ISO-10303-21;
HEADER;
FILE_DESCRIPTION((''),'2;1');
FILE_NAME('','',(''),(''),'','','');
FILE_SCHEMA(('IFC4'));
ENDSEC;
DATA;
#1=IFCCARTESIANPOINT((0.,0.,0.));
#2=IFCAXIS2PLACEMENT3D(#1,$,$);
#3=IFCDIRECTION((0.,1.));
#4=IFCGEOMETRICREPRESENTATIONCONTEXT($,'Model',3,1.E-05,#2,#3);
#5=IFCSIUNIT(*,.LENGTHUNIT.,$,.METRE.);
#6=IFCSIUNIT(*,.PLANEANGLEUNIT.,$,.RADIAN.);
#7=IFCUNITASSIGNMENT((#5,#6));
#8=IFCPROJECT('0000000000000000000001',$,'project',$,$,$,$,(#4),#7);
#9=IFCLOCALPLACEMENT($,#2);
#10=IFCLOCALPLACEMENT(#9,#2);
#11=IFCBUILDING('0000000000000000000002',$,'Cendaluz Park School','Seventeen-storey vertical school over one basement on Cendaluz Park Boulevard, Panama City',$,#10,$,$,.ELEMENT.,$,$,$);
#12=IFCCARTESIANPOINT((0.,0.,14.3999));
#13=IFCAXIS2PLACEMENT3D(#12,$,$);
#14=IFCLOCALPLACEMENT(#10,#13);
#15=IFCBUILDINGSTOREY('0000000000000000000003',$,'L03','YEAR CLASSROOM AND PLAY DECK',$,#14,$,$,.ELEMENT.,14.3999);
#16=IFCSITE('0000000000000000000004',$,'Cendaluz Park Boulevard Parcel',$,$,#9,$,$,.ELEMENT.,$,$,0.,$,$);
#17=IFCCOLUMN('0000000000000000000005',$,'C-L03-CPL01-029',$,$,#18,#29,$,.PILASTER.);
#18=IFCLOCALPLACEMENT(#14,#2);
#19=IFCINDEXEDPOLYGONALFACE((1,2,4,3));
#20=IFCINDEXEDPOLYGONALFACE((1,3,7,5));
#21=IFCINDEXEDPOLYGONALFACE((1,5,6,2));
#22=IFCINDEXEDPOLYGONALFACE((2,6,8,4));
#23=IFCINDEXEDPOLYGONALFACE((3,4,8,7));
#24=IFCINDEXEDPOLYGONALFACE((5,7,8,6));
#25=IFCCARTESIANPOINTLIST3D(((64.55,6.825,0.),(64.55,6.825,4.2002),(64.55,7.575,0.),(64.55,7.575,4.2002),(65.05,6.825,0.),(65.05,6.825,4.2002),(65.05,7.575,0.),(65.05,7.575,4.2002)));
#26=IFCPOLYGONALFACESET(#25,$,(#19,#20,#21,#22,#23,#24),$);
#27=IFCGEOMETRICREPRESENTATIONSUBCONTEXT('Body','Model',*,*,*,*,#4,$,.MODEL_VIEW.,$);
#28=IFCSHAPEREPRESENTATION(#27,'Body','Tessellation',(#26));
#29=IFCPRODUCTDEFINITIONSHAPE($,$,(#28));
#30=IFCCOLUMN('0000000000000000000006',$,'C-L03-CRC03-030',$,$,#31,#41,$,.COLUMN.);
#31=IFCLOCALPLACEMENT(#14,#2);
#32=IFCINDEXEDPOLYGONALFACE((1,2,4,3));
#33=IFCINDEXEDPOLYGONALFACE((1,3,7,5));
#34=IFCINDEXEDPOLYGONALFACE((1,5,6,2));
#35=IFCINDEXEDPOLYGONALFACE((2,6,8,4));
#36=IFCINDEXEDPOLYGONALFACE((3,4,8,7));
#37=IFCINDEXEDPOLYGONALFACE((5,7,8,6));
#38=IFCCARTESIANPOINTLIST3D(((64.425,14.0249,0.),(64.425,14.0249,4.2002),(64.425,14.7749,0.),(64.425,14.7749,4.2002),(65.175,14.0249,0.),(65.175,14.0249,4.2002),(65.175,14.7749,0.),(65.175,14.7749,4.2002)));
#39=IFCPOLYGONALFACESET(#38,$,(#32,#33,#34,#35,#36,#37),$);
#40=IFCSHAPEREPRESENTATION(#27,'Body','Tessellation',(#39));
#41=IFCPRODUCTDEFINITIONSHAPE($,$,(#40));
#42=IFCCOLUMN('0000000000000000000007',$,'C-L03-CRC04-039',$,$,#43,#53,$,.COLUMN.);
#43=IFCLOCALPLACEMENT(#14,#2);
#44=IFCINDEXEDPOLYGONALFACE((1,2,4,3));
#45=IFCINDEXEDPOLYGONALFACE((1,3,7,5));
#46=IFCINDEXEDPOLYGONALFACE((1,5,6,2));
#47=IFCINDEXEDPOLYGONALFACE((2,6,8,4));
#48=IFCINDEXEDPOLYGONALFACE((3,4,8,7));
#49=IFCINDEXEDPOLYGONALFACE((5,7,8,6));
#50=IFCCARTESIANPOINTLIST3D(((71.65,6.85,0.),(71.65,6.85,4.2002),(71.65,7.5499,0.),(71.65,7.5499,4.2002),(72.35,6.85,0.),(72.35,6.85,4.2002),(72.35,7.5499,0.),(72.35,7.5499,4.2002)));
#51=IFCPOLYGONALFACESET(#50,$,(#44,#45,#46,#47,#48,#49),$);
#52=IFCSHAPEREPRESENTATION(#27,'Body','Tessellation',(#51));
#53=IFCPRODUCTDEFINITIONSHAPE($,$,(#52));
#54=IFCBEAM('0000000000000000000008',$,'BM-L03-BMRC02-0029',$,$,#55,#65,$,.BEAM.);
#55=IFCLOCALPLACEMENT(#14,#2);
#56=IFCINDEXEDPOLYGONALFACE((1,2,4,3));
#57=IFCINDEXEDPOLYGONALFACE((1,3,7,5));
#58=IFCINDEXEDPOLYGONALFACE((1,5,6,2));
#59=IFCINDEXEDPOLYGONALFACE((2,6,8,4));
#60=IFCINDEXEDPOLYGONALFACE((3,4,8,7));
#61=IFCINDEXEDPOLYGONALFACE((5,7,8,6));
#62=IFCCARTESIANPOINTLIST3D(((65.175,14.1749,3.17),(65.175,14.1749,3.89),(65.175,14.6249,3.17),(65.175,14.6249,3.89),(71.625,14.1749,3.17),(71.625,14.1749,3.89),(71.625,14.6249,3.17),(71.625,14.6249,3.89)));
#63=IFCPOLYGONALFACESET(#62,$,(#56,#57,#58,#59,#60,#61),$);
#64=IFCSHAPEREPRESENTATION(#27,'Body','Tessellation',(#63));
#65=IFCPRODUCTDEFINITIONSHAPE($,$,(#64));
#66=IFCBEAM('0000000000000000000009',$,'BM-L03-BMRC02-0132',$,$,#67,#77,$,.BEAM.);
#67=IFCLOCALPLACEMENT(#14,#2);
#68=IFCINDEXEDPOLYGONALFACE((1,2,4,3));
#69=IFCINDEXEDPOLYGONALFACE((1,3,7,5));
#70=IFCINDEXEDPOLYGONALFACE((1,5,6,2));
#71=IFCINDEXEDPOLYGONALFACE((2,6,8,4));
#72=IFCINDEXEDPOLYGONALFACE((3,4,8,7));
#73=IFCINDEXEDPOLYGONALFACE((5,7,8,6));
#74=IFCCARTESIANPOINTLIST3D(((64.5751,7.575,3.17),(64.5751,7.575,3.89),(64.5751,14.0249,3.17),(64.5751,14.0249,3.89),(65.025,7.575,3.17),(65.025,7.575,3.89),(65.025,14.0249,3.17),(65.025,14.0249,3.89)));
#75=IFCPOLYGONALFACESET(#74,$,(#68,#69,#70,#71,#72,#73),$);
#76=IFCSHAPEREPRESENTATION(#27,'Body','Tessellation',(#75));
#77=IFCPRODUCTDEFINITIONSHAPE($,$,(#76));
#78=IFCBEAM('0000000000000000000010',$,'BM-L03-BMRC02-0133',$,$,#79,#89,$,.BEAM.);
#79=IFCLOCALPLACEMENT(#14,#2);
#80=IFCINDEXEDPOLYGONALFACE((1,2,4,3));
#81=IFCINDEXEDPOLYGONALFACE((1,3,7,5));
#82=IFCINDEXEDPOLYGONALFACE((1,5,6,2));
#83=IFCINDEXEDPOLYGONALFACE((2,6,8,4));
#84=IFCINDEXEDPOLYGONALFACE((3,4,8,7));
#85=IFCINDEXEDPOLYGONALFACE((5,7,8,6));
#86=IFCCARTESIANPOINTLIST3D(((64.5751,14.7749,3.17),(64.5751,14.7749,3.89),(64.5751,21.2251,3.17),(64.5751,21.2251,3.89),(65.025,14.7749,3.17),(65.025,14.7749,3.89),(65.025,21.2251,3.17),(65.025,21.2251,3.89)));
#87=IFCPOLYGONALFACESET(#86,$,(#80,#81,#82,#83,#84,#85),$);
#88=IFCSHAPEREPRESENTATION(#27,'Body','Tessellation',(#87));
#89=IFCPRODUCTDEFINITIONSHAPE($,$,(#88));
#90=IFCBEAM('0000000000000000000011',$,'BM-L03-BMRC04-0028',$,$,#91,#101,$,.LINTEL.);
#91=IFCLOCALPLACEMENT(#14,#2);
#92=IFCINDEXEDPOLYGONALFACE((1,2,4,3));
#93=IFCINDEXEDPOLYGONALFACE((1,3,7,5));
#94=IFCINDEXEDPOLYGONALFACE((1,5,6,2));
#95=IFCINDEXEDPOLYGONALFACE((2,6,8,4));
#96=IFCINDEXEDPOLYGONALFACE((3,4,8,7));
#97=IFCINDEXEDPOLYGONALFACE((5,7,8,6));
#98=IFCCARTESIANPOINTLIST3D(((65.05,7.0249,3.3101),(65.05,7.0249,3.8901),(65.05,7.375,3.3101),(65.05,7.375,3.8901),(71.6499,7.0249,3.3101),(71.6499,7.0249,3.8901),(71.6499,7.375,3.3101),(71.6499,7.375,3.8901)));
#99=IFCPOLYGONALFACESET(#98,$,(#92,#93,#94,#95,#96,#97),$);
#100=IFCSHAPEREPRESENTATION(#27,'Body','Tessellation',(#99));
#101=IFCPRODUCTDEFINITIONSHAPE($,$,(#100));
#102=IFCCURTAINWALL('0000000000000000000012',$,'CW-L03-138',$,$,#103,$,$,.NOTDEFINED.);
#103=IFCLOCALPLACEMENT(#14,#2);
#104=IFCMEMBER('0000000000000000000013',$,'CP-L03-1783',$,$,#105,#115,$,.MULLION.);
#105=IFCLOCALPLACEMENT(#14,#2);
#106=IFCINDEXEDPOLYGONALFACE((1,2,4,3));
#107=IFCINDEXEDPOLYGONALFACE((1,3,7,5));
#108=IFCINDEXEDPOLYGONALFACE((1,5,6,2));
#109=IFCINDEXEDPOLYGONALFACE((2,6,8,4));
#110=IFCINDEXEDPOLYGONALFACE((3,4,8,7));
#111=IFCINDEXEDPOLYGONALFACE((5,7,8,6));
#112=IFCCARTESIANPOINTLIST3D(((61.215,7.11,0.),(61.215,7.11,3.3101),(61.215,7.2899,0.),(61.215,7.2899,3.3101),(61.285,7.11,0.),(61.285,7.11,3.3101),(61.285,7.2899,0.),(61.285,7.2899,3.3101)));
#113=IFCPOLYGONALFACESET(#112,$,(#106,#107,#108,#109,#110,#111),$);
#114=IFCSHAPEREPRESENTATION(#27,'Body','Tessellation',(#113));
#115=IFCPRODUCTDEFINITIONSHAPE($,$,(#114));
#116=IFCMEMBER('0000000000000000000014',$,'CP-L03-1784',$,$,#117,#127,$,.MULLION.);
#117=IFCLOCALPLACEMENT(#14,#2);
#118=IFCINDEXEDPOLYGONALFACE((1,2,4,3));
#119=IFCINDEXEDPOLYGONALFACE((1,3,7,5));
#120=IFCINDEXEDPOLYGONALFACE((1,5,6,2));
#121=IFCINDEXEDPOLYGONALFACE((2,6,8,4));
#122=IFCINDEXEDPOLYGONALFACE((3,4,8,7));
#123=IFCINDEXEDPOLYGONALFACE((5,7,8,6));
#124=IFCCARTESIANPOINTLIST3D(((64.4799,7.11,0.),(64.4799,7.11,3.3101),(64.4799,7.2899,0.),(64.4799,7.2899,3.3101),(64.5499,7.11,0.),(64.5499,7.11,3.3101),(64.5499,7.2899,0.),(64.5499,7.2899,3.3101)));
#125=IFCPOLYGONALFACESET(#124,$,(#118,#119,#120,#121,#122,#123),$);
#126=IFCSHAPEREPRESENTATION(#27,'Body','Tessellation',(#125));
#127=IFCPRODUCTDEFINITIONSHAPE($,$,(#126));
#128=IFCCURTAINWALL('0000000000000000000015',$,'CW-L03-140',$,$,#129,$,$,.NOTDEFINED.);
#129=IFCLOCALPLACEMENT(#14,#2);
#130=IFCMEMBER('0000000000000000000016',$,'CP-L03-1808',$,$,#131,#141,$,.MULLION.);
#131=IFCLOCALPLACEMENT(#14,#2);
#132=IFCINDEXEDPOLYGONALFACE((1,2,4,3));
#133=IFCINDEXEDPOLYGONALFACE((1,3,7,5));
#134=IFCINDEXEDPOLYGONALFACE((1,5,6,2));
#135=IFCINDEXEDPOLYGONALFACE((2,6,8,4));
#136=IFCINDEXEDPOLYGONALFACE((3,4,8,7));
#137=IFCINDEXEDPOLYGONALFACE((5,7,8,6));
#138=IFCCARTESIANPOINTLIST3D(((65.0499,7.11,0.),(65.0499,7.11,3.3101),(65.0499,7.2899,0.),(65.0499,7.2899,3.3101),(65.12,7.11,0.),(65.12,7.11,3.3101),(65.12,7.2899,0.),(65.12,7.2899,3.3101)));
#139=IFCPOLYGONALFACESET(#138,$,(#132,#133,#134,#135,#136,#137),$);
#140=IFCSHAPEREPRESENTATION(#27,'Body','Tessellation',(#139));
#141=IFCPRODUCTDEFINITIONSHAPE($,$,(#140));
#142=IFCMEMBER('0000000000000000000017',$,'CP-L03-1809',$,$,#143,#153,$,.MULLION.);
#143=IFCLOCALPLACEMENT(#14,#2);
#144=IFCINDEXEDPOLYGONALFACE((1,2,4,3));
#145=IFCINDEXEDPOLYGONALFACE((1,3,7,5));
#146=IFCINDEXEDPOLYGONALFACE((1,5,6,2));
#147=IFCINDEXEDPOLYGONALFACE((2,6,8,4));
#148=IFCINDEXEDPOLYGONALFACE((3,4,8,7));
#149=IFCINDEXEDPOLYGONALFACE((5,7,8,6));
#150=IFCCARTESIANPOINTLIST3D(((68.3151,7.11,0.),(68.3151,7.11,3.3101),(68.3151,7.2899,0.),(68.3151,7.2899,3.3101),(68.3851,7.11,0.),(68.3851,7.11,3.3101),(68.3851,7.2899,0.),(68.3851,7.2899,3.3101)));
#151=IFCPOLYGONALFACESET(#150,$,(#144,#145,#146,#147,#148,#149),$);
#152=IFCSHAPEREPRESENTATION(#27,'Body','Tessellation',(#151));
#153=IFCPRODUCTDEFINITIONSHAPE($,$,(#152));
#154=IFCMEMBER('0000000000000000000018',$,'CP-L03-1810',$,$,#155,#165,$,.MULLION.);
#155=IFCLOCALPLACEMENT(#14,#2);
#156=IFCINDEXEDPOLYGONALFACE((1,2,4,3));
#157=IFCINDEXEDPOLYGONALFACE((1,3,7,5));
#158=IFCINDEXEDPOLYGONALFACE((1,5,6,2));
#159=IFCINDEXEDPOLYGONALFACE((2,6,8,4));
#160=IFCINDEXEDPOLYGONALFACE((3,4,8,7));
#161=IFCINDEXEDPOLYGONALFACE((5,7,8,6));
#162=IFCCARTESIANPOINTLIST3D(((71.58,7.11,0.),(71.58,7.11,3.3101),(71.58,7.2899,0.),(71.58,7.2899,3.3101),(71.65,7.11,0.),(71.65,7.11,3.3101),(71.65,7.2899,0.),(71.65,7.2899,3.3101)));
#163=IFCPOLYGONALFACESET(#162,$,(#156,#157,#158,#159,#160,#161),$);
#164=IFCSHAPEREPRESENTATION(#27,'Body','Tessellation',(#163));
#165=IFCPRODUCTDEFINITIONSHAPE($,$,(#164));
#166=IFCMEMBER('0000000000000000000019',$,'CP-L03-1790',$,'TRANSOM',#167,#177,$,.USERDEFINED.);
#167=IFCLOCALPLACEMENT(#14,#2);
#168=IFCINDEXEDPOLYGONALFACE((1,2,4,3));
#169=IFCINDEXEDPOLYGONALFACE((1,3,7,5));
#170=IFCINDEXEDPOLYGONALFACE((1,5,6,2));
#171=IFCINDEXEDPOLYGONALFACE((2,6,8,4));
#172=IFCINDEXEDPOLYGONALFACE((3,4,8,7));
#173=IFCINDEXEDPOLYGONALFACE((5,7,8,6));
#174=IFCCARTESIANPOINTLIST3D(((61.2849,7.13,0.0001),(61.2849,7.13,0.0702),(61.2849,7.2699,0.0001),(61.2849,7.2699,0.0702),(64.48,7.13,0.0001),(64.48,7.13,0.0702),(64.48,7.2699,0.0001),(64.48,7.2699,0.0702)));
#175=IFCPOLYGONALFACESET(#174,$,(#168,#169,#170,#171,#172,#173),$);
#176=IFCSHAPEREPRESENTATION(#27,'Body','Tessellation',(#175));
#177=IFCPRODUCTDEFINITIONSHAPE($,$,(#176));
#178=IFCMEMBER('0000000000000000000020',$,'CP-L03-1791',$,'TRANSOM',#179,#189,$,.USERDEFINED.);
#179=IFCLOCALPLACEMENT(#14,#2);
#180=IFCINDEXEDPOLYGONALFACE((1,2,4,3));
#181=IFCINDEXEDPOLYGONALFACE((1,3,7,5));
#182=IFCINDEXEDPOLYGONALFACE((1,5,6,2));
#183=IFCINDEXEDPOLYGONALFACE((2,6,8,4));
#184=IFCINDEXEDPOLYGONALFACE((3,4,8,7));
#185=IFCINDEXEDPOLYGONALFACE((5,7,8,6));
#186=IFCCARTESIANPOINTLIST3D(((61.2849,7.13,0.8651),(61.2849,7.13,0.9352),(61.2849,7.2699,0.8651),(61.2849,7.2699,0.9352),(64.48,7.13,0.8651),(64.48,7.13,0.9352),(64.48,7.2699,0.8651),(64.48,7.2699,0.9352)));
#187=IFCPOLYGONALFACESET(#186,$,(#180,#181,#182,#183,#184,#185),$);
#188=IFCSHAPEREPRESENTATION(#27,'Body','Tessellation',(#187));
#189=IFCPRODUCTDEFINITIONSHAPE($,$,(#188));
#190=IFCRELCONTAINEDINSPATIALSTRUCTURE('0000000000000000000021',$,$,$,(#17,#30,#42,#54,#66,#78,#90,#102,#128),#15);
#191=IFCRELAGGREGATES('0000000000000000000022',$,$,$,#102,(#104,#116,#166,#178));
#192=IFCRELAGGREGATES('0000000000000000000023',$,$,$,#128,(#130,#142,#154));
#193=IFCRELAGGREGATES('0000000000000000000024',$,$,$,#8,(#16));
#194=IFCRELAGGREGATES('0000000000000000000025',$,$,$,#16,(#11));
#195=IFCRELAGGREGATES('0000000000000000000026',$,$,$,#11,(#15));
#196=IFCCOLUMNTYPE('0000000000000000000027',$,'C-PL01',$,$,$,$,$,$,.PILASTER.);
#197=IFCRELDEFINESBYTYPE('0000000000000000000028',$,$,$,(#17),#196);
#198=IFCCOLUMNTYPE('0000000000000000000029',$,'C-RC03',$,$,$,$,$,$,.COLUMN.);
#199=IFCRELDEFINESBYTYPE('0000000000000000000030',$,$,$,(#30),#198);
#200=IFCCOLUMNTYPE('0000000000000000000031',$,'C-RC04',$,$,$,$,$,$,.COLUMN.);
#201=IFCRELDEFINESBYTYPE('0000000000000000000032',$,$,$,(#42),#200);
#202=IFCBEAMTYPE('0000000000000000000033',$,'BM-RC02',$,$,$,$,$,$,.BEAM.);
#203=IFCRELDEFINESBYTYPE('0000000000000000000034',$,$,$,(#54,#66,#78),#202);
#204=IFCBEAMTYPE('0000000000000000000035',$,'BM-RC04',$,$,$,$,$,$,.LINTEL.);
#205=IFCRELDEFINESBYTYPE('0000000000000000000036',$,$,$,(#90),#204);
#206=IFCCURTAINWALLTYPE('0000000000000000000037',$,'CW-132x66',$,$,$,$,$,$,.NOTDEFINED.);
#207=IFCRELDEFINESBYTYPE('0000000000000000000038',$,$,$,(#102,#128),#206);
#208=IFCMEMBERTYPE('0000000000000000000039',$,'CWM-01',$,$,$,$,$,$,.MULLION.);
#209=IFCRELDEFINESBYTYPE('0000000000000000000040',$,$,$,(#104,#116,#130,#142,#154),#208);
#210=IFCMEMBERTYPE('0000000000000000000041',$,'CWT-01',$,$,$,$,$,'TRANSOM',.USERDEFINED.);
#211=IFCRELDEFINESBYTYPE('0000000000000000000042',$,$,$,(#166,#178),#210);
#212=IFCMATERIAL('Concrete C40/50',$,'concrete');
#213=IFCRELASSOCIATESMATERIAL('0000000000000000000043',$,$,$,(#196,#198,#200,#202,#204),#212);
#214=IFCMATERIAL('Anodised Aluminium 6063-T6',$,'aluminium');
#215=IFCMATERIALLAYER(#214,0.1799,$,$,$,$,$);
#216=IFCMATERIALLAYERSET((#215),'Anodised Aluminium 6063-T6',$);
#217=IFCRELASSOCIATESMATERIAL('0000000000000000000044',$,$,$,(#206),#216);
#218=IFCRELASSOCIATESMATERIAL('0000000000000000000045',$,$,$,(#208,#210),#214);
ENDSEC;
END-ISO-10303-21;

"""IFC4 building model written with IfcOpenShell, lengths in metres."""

from ifc_helpers import new_model, si_unit, direction, frame, origin, origin_2d, place, context, subcontext, project, spatial, rectangle, extrude, material, layer, layer_set, material_profile, profile_set, type_object, element, aggregate, save


model = new_model("IFC4")

# Units and contexts
model_context = context("Model", 3, precision=1e-05, world=origin(), true_north=direction((0.0, 1.0)))
body_context = subcontext(model_context, "Body", "Model", "MODEL_VIEW")
ifc_project = project(units=[si_unit("LENGTHUNIT", "METRE"), si_unit("PLANEANGLEUNIT", "RADIAN")], contexts=[model_context])

# Site, building, storey
site_placement = place(None, origin())
site = spatial("IfcSite", under=ifc_project, at=site_placement, Name="Cendaluz Park Boulevard Parcel", CompositionType="ELEMENT", RefElevation=0.0)
building_placement = place(site_placement, origin())
building = spatial("IfcBuilding", under=site, at=building_placement, Name="Cendaluz Park School", Description="Seventeen-storey vertical school over one basement on Cendaluz Park Boulevard, Panama City", CompositionType="ELEMENT")
storey_placement = place(building_placement, frame((0.0, 0.0, 14.3999)))
storey = spatial("IfcBuildingStorey", under=building, at=storey_placement, Name="L03", Description="YEAR CLASSROOM AND PLAY DECK", CompositionType="ELEMENT", Elevation=14.3999)

# Columns
ifc_material_1 = material(Name="Concrete C40/50", Category="concrete")
ifc_material_profile_1 = material_profile(ifc_material_1, rectangle(XDim=0.5, YDim=0.75, at=origin_2d()), Name="RC 500x750", Category="concrete")
ifc_profile_set_1 = profile_set([ifc_material_profile_1], Name="Concrete C40/50")
column_type_1 = type_object("IfcColumnType", Name="C-PL01", PredefinedType="PILASTER", material=ifc_profile_set_1)
column_1_placement = place(storey_placement, frame((64.8, 7.2, 0.0), z_axis=(0.0, 0.0, 1.0), x_axis=(1.0, 0.0, 0.0)))
element("IfcColumn", 1, at=column_1_placement, inside=storey, type_object=column_type_1, Name="C-L03-CPL01-029", PredefinedType="PILASTER", context=body_context, shape_type="SweptSolid", body=[
    extrude(rectangle(XDim=0.5, YDim=0.75, at=origin_2d()), origin(), (0.0, 0.0, 1.0), 4.2002),
])
ifc_material_profile_2 = material_profile(ifc_material_1, rectangle(XDim=0.75, YDim=0.75, at=origin_2d()), Name="RC 750x750", Category="concrete")
ifc_profile_set_2 = profile_set([ifc_material_profile_2], Name="Concrete C40/50")
column_type_2 = type_object("IfcColumnType", Name="C-RC03", PredefinedType="COLUMN", material=ifc_profile_set_2)
column_2_placement = place(storey_placement, frame((64.8, 14.3999, 0.0), z_axis=(0.0, 0.0, 1.0), x_axis=(1.0, 0.0, 0.0)))
element("IfcColumn", 2, at=column_2_placement, inside=storey, type_object=column_type_2, Name="C-L03-CRC03-030", PredefinedType="COLUMN", context=body_context, shape_type="SweptSolid", body=[
    extrude(rectangle(XDim=0.75, YDim=0.75, at=origin_2d()), origin(), (0.0, 0.0, 1.0), 4.2002),
])
ifc_material_profile_3 = material_profile(ifc_material_1, rectangle(XDim=0.7, YDim=0.7, at=origin_2d()), Name="RC 700x700", Category="concrete")
ifc_profile_set_3 = profile_set([ifc_material_profile_3], Name="Concrete C40/50")
column_type_3 = type_object("IfcColumnType", Name="C-RC04", PredefinedType="COLUMN", material=ifc_profile_set_3)
column_3_placement = place(storey_placement, frame((72.0, 7.2, 0.0), z_axis=(0.0, 0.0, 1.0), x_axis=(1.0, 0.0, 0.0)))
element("IfcColumn", 3, at=column_3_placement, inside=storey, type_object=column_type_3, Name="C-L03-CRC04-039", PredefinedType="COLUMN", context=body_context, shape_type="SweptSolid", body=[
    extrude(rectangle(XDim=0.7, YDim=0.7, at=origin_2d()), origin(), (0.0, 0.0, 1.0), 4.2002),
])

# Beams
ifc_material_profile_4 = material_profile(ifc_material_1, rectangle(XDim=0.45, YDim=0.72, at=origin_2d()), Name="RC 450x720", Category="concrete")
ifc_profile_set_4 = profile_set([ifc_material_profile_4], Name="Concrete C40/50")
beam_type_1 = type_object("IfcBeamType", Name="BM-RC02", PredefinedType="BEAM", material=ifc_profile_set_4)
for number, where, z_axis, x_axis, name in (
    (4, (65.175, 14.3999, 3.53), (1.0, 0.0, 0.0), (0.0, 1.0, 0.0), "BM-L03-BMRC02-0029"),
    (5, (64.8, 7.575, 3.53), (0.0, 1.0, 0.0), (-1.0, 0.0, 0.0), "BM-L03-BMRC02-0132"),
):
    element("IfcBeam", number, at=place(storey_placement, frame(where, z_axis=z_axis, x_axis=x_axis)), inside=storey, type_object=beam_type_1, Name=name, PredefinedType="BEAM", context=body_context, shape_type="SweptSolid", body=[
        extrude(rectangle(XDim=0.45, YDim=0.72, at=origin_2d()), origin(), (0.0, 0.0, 1.0), 6.45),
    ])
beam_1_placement = place(storey_placement, frame((64.8, 14.7749, 3.53), z_axis=(0.0, 1.0, 0.0), x_axis=(-1.0, 0.0, 0.0)))
element("IfcBeam", 6, at=beam_1_placement, inside=storey, type_object=beam_type_1, Name="BM-L03-BMRC02-0133", PredefinedType="BEAM", context=body_context, shape_type="SweptSolid", body=[
    extrude(rectangle(XDim=0.45, YDim=0.72, at=origin_2d()), origin(), (0.0, 0.0, 1.0), 6.4502),
])
ifc_material_profile_5 = material_profile(ifc_material_1, rectangle(XDim=0.3501, YDim=0.5801, at=origin_2d()), Name="RC 350x580", Category="concrete")
ifc_profile_set_5 = profile_set([ifc_material_profile_5], Name="Concrete C40/50")
beam_type_2 = type_object("IfcBeamType", Name="BM-RC04", PredefinedType="LINTEL", material=ifc_profile_set_5)
beam_2_placement = place(storey_placement, frame((65.05, 7.2, 3.6001), z_axis=(1.0, 0.0, 0.0), x_axis=(0.0, 1.0, 0.0)))
element("IfcBeam", 7, at=beam_2_placement, inside=storey, type_object=beam_type_2, Name="BM-L03-BMRC04-0028", PredefinedType="LINTEL", context=body_context, shape_type="SweptSolid", body=[
    extrude(rectangle(XDim=0.3501, YDim=0.5801, at=origin_2d()), origin(), (0.0, 0.0, 1.0), 6.5999),
])

# Curtain walls, members
ifc_material_2 = material(Name="Anodised Aluminium 6063-T6", Category="aluminium")
ifc_layer_1 = layer(ifc_material_2, 0.1799)
ifc_layer_set_1 = layer_set([ifc_layer_1], Name="Anodised Aluminium 6063-T6")
curtain_wall_type = type_object("IfcCurtainWallType", Name="CW-132x66", PredefinedType="NOTDEFINED", material=ifc_layer_set_1)
curtain_wall_1_placement = place(storey_placement, origin())
curtain_wall_1 = element("IfcCurtainWall", 8, at=curtain_wall_1_placement, inside=storey, type_object=curtain_wall_type, Name="CW-L03-138", PredefinedType="NOTDEFINED")
ifc_material_profile_6 = material_profile(ifc_material_2, rectangle(XDim=0.1799, YDim=0.0701, at=origin_2d()), Name="CWM 180x70", Category="aluminium")
ifc_profile_set_6 = profile_set([ifc_material_profile_6], Name="Anodised Aluminium 6063-T6")
member_type_1 = type_object("IfcMemberType", Name="CWM-01", PredefinedType="MULLION", material=ifc_profile_set_6)
member_1_placement = place(storey_placement, frame((61.25, 7.2, 0.0), z_axis=(0.0, 0.0, 1.0), x_axis=(0.0, 1.0, 0.0)))
member_1 = element("IfcMember", 9, at=member_1_placement, type_object=member_type_1, Name="CP-L03-1783", PredefinedType="MULLION", context=body_context, shape_type="SweptSolid", body=[
    extrude(rectangle(XDim=0.1799, YDim=0.0701, at=origin_2d()), origin(), (0.0, 0.0, 1.0), 3.3101),
])
member_2_placement = place(storey_placement, frame((64.5149, 7.2, 0.0), z_axis=(0.0, 0.0, 1.0), x_axis=(0.0, 1.0, 0.0)))
member_2 = element("IfcMember", 10, at=member_2_placement, type_object=member_type_1, Name="CP-L03-1784", PredefinedType="MULLION", context=body_context, shape_type="SweptSolid", body=[
    extrude(rectangle(XDim=0.1799, YDim=0.0701, at=origin_2d()), origin(), (0.0, 0.0, 1.0), 3.3101),
])
curtain_wall_2_placement = place(storey_placement, origin())
curtain_wall_2 = element("IfcCurtainWall", 11, at=curtain_wall_2_placement, inside=storey, type_object=curtain_wall_type, Name="CW-L03-140", PredefinedType="NOTDEFINED")
member_3_placement = place(storey_placement, frame((65.085, 7.2, 0.0), z_axis=(0.0, 0.0, 1.0), x_axis=(0.0, 1.0, 0.0)))
member_3 = element("IfcMember", 12, at=member_3_placement, type_object=member_type_1, Name="CP-L03-1808", PredefinedType="MULLION", context=body_context, shape_type="SweptSolid", body=[
    extrude(rectangle(XDim=0.1799, YDim=0.0701, at=origin_2d()), origin(), (0.0, 0.0, 1.0), 3.3101),
])
member_4_placement = place(storey_placement, frame((68.3501, 7.2, 0.0), z_axis=(0.0, 0.0, 1.0), x_axis=(0.0, 1.0, 0.0)))
member_4 = element("IfcMember", 13, at=member_4_placement, type_object=member_type_1, Name="CP-L03-1809", PredefinedType="MULLION", context=body_context, shape_type="SweptSolid", body=[
    extrude(rectangle(XDim=0.1799, YDim=0.0701, at=origin_2d()), origin(), (0.0, 0.0, 1.0), 3.3101),
])
member_5_placement = place(storey_placement, frame((71.615, 7.2, 0.0), z_axis=(0.0, 0.0, 1.0), x_axis=(0.0, 1.0, 0.0)))
member_5 = element("IfcMember", 14, at=member_5_placement, type_object=member_type_1, Name="CP-L03-1810", PredefinedType="MULLION", context=body_context, shape_type="SweptSolid", body=[
    extrude(rectangle(XDim=0.1799, YDim=0.0701, at=origin_2d()), origin(), (0.0, 0.0, 1.0), 3.3101),
])

# Members
ifc_material_profile_7 = material_profile(ifc_material_2, rectangle(XDim=0.1399, YDim=0.0701, at=origin_2d()), Name="CWT 140x70", Category="aluminium")
ifc_profile_set_7 = profile_set([ifc_material_profile_7], Name="Anodised Aluminium 6063-T6")
member_type_2 = type_object("IfcMemberType", Name="CWT-01", ElementType="TRANSOM", PredefinedType="USERDEFINED", material=ifc_profile_set_7)
member_6_placement = place(storey_placement, frame((61.2849, 7.2, 0.0352), z_axis=(1.0, 0.0, 0.0), x_axis=(0.0, 1.0, 0.0)))
member_6 = element("IfcMember", 15, at=member_6_placement, type_object=member_type_2, Name="CP-L03-1790", ObjectType="TRANSOM", PredefinedType="USERDEFINED", context=body_context, shape_type="SweptSolid", body=[
    extrude(rectangle(XDim=0.1399, YDim=0.0701, at=origin_2d()), origin(), (0.0, 0.0, 1.0), 3.1951),
])
member_7_placement = place(storey_placement, frame((61.2849, 7.2, 0.9001), z_axis=(1.0, 0.0, 0.0), x_axis=(0.0, 1.0, 0.0)))
member_7 = element("IfcMember", 16, at=member_7_placement, type_object=member_type_2, Name="CP-L03-1791", ObjectType="TRANSOM", PredefinedType="USERDEFINED", context=body_context, shape_type="SweptSolid", body=[
    extrude(rectangle(XDim=0.1399, YDim=0.0701, at=origin_2d()), origin(), (0.0, 0.0, 1.0), 3.1951),
])

aggregate(curtain_wall_1, [member_1, member_2, member_6, member_7])
aggregate(curtain_wall_2, [member_3, member_4, member_5])

save(model, "model.ifc")
